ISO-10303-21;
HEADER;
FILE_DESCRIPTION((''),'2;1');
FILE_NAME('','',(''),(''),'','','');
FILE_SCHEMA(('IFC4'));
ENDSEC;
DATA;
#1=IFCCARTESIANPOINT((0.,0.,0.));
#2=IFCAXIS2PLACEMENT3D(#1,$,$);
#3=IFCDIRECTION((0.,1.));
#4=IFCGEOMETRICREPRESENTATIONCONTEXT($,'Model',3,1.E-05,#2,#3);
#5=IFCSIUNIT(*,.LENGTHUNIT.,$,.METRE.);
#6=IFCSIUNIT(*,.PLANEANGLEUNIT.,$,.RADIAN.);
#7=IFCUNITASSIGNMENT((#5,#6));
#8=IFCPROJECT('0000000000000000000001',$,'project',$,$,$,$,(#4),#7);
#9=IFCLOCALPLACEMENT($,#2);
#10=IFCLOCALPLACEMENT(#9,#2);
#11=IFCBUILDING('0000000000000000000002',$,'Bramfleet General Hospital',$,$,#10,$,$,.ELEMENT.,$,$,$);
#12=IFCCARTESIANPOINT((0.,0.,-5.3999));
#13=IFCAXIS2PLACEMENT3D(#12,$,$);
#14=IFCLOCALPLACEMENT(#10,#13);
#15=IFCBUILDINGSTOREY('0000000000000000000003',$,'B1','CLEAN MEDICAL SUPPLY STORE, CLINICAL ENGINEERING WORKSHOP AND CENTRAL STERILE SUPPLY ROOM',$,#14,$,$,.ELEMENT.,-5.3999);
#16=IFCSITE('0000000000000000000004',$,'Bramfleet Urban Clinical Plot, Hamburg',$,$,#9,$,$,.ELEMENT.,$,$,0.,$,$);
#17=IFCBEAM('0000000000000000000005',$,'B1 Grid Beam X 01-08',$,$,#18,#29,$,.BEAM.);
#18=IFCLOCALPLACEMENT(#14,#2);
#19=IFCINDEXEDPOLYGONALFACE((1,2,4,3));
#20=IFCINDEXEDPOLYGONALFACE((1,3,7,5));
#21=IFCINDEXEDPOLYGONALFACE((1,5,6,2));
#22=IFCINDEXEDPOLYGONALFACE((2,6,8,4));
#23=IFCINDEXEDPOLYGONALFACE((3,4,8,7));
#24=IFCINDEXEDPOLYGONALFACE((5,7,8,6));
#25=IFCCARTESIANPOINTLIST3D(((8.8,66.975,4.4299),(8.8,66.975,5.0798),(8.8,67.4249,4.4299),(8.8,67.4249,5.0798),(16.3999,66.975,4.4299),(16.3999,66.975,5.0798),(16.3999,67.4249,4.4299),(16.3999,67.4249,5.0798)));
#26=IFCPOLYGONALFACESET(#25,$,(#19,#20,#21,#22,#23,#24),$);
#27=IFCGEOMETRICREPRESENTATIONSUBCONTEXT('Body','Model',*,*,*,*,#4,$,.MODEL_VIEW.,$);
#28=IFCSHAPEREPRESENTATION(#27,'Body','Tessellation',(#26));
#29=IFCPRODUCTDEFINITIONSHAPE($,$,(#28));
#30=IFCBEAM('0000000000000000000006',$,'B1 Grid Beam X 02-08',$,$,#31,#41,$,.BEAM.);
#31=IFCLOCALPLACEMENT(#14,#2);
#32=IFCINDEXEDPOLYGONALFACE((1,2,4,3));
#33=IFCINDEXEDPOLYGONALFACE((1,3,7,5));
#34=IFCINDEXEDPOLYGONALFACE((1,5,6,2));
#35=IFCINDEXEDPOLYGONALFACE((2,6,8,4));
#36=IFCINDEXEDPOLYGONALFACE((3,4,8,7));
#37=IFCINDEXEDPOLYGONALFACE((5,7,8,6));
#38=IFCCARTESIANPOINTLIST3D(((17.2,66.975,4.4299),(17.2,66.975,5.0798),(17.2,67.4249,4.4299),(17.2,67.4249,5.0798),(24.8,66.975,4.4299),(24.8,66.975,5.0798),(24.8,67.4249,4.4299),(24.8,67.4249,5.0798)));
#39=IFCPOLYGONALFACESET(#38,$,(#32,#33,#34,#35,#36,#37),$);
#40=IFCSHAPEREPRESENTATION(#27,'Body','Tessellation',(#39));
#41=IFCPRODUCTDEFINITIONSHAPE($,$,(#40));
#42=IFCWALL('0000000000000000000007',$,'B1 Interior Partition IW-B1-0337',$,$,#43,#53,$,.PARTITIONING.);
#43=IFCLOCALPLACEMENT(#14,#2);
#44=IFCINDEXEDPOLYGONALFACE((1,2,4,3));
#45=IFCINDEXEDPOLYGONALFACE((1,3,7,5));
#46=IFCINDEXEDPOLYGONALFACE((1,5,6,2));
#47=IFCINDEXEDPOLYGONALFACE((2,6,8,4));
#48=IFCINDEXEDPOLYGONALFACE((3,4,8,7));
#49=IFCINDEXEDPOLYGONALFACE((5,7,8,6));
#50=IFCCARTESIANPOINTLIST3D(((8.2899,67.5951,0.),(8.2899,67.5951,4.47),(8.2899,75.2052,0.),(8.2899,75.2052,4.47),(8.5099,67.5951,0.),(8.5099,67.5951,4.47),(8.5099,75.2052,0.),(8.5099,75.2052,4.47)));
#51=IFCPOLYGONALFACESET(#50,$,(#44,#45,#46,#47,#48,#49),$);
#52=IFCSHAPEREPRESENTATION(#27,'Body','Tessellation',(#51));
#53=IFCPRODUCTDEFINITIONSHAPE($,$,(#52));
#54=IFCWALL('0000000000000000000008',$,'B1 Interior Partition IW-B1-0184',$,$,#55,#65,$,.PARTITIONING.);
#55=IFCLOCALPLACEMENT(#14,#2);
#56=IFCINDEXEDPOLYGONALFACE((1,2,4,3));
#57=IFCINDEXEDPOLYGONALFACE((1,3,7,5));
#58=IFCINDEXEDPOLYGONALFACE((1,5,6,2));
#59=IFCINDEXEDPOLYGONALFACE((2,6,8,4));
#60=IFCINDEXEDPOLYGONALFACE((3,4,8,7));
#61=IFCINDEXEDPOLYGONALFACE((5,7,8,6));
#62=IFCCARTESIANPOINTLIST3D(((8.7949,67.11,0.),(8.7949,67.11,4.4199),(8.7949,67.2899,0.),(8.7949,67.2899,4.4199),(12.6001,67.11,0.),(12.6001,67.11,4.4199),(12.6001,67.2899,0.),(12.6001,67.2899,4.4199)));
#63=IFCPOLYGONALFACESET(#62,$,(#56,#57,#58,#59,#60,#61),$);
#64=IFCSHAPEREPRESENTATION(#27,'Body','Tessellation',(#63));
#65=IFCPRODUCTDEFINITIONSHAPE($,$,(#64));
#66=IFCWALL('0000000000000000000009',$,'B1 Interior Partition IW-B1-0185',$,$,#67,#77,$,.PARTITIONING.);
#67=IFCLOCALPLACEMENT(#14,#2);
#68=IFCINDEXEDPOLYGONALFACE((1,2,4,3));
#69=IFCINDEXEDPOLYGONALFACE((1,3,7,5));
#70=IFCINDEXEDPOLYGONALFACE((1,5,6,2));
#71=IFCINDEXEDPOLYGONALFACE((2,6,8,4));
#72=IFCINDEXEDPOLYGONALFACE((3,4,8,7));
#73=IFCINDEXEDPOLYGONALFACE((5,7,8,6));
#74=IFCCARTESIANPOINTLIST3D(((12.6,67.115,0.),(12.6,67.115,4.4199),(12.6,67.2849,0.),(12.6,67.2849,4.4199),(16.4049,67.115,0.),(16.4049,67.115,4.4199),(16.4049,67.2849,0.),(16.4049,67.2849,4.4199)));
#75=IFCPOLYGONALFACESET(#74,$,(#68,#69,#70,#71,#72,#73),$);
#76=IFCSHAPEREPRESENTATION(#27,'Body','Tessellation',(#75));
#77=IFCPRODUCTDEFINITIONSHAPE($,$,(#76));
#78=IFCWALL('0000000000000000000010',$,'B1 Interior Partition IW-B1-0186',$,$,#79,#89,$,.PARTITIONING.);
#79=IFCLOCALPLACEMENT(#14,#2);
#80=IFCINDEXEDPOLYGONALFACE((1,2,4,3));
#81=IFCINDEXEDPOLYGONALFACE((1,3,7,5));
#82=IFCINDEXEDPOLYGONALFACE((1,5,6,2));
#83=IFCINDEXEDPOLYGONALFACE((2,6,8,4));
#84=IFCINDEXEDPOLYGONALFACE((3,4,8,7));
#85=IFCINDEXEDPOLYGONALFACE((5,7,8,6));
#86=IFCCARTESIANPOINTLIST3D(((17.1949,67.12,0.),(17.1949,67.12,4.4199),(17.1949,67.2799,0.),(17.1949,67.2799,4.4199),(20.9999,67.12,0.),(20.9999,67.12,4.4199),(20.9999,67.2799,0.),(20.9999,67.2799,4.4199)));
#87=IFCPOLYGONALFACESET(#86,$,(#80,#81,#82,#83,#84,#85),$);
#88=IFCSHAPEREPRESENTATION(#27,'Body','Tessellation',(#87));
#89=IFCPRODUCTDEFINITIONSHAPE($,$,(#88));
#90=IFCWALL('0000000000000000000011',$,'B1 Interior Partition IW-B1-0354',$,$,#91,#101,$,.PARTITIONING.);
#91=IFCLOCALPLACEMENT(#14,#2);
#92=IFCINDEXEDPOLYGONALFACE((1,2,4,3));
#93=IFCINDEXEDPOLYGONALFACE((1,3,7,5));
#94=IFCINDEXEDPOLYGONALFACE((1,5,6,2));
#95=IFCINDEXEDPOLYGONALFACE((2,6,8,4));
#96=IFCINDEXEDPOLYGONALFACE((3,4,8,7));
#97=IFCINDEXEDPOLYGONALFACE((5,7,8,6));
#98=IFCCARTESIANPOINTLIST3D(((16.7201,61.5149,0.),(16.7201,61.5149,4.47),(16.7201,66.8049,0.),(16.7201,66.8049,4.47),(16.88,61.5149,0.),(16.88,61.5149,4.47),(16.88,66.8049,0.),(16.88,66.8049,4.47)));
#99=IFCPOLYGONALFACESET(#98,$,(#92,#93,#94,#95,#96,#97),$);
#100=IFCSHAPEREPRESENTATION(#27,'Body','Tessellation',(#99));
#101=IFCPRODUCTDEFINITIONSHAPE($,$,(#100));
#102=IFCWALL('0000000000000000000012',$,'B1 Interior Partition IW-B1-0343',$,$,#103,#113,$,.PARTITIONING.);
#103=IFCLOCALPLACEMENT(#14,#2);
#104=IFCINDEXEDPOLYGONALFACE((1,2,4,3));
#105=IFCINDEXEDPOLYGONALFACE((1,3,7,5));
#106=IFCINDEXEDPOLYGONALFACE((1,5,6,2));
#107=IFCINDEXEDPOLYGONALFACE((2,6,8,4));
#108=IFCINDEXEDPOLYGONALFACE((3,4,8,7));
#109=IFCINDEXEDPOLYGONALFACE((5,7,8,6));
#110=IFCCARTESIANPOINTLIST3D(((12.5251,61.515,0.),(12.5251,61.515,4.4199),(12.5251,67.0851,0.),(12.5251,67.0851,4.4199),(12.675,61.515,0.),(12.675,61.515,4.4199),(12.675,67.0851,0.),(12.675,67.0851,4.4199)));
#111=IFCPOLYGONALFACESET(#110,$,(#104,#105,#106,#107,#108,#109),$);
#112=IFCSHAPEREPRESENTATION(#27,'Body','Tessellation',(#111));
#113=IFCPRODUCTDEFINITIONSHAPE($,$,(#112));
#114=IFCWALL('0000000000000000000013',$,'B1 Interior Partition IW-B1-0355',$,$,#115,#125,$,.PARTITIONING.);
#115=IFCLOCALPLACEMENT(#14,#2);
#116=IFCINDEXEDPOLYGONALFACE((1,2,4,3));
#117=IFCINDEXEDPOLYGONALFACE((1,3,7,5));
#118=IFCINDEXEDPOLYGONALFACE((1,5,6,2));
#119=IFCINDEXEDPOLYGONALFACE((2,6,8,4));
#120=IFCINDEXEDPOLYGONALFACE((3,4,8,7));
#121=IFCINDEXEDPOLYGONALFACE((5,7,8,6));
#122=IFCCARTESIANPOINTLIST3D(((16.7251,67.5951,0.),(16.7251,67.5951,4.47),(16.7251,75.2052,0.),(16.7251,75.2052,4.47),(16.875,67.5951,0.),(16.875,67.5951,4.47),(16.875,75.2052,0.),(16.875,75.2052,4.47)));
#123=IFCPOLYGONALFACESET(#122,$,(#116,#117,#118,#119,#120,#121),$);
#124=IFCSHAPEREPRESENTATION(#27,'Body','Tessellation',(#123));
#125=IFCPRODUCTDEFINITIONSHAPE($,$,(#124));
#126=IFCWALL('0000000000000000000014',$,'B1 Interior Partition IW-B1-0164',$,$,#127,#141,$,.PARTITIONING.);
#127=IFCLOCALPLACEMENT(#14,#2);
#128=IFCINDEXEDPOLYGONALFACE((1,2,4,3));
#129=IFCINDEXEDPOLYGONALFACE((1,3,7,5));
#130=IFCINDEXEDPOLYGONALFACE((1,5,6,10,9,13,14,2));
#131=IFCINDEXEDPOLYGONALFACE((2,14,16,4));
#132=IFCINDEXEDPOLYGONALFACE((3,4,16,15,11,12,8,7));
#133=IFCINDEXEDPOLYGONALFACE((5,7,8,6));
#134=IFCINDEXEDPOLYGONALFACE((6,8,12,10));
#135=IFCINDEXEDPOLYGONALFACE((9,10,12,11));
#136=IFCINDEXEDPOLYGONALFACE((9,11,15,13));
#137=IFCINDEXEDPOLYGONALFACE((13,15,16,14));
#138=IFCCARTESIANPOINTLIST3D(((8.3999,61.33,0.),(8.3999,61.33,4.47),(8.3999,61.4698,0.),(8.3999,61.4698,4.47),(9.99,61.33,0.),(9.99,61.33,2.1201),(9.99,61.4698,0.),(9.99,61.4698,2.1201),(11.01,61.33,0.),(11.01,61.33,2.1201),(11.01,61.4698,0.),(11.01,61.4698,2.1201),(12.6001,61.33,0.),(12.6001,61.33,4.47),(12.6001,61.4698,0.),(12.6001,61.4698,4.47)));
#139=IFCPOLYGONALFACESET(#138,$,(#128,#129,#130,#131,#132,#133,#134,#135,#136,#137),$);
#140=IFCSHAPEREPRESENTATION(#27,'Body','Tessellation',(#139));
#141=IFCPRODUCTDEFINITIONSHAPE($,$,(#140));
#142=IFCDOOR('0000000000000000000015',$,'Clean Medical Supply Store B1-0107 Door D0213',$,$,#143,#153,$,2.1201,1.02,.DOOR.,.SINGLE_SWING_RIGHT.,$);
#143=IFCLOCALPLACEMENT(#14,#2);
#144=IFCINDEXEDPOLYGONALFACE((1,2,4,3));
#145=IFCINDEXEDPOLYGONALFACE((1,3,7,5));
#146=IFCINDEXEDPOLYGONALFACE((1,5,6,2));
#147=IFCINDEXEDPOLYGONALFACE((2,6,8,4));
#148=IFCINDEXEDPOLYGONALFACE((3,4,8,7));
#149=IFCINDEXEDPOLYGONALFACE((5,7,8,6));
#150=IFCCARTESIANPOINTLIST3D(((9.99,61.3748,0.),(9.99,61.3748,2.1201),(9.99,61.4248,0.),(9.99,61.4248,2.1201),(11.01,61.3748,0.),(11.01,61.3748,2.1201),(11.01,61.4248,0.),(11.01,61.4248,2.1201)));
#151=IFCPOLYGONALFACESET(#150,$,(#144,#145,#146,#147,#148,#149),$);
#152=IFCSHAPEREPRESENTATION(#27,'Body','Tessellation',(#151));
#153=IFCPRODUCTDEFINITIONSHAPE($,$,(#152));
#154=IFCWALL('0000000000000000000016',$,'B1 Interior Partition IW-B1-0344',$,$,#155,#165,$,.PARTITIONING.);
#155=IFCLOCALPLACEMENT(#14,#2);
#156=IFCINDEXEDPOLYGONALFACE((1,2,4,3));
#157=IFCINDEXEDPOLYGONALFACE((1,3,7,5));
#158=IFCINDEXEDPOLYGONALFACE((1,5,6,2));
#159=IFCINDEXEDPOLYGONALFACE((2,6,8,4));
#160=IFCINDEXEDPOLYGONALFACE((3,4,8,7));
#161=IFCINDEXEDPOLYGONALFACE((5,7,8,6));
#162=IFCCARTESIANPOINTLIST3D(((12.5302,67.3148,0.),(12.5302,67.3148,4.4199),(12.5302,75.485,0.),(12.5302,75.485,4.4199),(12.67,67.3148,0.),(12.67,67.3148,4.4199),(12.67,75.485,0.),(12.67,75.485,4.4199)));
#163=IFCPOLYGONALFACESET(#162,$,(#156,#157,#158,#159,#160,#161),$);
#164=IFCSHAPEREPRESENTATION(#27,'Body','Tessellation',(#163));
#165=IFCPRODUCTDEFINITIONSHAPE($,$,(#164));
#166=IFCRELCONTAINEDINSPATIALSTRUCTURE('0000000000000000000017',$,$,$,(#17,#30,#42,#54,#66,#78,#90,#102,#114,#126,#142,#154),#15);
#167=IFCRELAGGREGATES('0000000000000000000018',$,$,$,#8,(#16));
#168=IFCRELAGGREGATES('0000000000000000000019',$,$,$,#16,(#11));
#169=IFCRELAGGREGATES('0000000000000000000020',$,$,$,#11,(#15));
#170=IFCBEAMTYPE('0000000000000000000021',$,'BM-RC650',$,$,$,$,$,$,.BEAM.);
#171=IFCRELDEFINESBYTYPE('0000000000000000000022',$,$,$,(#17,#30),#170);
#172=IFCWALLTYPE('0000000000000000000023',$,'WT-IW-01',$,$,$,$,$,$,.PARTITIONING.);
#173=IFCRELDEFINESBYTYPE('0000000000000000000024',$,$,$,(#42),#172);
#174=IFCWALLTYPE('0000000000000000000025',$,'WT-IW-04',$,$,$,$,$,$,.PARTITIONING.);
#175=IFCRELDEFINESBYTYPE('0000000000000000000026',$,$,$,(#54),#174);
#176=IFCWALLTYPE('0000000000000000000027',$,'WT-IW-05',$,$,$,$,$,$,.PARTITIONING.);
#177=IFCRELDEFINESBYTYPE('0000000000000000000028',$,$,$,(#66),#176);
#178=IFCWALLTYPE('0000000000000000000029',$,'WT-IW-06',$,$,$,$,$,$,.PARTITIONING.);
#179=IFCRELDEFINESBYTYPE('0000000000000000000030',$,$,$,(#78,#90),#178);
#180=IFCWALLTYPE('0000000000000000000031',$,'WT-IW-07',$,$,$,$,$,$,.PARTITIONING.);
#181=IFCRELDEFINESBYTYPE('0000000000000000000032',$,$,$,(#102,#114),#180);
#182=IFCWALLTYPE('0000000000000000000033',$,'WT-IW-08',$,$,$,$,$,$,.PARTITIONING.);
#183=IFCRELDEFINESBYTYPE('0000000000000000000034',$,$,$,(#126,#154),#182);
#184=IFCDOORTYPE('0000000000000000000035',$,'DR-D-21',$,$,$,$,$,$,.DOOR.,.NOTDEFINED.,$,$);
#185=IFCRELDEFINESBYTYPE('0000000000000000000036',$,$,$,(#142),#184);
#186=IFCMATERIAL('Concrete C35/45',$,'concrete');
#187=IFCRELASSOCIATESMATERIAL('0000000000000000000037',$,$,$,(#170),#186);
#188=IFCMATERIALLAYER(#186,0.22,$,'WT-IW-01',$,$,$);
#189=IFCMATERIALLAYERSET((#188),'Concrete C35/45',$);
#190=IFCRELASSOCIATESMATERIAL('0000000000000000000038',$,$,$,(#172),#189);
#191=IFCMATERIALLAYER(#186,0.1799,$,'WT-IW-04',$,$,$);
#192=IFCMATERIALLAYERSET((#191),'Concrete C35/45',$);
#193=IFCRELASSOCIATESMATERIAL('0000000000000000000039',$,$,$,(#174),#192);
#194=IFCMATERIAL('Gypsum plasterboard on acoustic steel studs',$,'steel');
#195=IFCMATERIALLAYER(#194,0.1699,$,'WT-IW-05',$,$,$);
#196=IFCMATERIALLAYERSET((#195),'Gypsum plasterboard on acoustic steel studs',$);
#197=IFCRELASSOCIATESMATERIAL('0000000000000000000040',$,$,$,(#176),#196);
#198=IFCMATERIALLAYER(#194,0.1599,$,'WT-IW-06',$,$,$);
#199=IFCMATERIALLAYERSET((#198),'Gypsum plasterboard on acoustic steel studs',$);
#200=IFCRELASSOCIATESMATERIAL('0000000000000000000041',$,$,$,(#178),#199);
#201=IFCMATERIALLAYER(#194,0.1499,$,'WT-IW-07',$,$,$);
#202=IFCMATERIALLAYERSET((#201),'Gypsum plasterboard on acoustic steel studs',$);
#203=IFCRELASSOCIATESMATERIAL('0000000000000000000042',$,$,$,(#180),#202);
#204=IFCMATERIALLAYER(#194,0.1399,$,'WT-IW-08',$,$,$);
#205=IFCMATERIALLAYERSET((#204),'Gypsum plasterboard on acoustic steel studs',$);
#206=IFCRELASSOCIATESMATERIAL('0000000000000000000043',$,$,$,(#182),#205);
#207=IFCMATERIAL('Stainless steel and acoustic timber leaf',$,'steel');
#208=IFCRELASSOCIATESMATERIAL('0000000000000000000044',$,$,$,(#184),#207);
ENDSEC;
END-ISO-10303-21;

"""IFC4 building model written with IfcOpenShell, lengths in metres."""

from ifc_helpers import new_model, si_unit, direction, frame, frame_2d, origin, origin_2d, place, context, subcontext, project, spatial, rectangle, extrude, material, layer, layer_set, material_profile, profile_set, type_object, element, fill, save


model = new_model("IFC4")

# Units and contexts
model_context = context("Model", 3, precision=1e-05, world=origin(), true_north=direction((0.0, 1.0)))
body_context = subcontext(model_context, "Body", "Model", "MODEL_VIEW")
ifc_project = project(units=[si_unit("LENGTHUNIT", "METRE"), si_unit("PLANEANGLEUNIT", "RADIAN")], contexts=[model_context])

# Site, building, storey
site_placement = place(None, origin())
site = spatial("IfcSite", under=ifc_project, at=site_placement, Name="Bramfleet Urban Clinical Plot, Hamburg", CompositionType="ELEMENT", RefElevation=0.0)
building_placement = place(site_placement, origin())
building = spatial("IfcBuilding", under=site, at=building_placement, Name="Bramfleet General Hospital", CompositionType="ELEMENT")
storey_placement = place(building_placement, frame((0.0, 0.0, -5.3999)))
storey = spatial("IfcBuildingStorey", under=building, at=storey_placement, Name="B1", Description="CLEAN MEDICAL SUPPLY STORE, CLINICAL ENGINEERING WORKSHOP AND CENTRAL STERILE SUPPLY ROOM", CompositionType="ELEMENT", Elevation=-5.3999)

# Shared definitions
ifc_material_1 = material(Name="Concrete C35/45", Category="concrete")

# Beams
ifc_material_profile_1 = material_profile(ifc_material_1, rectangle(XDim=0.45, YDim=0.6499, at=origin_2d()), Name="RC BM 650x450")
ifc_profile_set_1 = profile_set([ifc_material_profile_1], Name="Concrete C35/45")
beam_type_1 = type_object("IfcBeamType", Name="BM-RC650", PredefinedType="BEAM", material=ifc_profile_set_1)
beam_1_placement = place(storey_placement, frame((8.8, 67.2, 4.7549), z_axis=(1.0, 0.0, 0.0), x_axis=(0.0, 1.0, 0.0)))
element("IfcBeam", 1, at=beam_1_placement, inside=storey, type_object=beam_type_1, Name="B1 Grid Beam X 01-08", PredefinedType="BEAM", context=body_context, shape_type="SweptSolid", body=[
    extrude(rectangle(XDim=0.45, YDim=0.6499, at=origin_2d()), origin(), (0.0, 0.0, 1.0), 7.5999),
])
beam_2_placement = place(storey_placement, frame((17.2, 67.2, 4.7549), z_axis=(1.0, 0.0, 0.0), x_axis=(0.0, 1.0, 0.0)))
element("IfcBeam", 2, at=beam_2_placement, inside=storey, type_object=beam_type_1, Name="B1 Grid Beam X 02-08", PredefinedType="BEAM", context=body_context, shape_type="SweptSolid", body=[
    extrude(rectangle(XDim=0.45, YDim=0.6499, at=origin_2d()), origin(), (0.0, 0.0, 1.0), 7.6001),
])

# Walls
ifc_layer_1 = layer(ifc_material_1, 0.22, Name="WT-IW-01")
ifc_layer_set_1 = layer_set([ifc_layer_1], Name="Concrete C35/45")
wall_type_1 = type_object("IfcWallType", Name="WT-IW-01", PredefinedType="PARTITIONING", material=ifc_layer_set_1)
wall_1_placement = place(storey_placement, frame((8.3999, 67.595, 0.0), z_axis=(0.0, 0.0, 1.0), x_axis=(0.0, 1.0, 0.0)))
element("IfcWall", 3, at=wall_1_placement, inside=storey, type_object=wall_type_1, Name="B1 Interior Partition IW-B1-0337", PredefinedType="PARTITIONING", context=body_context, shape_type="SweptSolid", body=[
    extrude(rectangle(XDim=7.6101, YDim=0.22, at=frame_2d((3.8052, 0.0))), origin(), (0.0, 0.0, 1.0), 4.47),
])
ifc_layer_2 = layer(ifc_material_1, 0.1799, Name="WT-IW-04")
ifc_layer_set_2 = layer_set([ifc_layer_2], Name="Concrete C35/45")
wall_type_2 = type_object("IfcWallType", Name="WT-IW-04", PredefinedType="PARTITIONING", material=ifc_layer_set_2)
wall_2_placement = place(storey_placement, frame((8.7949, 67.2, 0.0), z_axis=(0.0, 0.0, 1.0), x_axis=(1.0, 0.0, 0.0)))
element("IfcWall", 4, at=wall_2_placement, inside=storey, type_object=wall_type_2, Name="B1 Interior Partition IW-B1-0184", PredefinedType="PARTITIONING", context=body_context, shape_type="SweptSolid", body=[
    extrude(rectangle(XDim=3.8052, YDim=0.1799, at=frame_2d((1.9026, 0.0))), origin(), (0.0, 0.0, 1.0), 4.4199),
])
ifc_material_2 = material(Name="Gypsum plasterboard on acoustic steel studs", Category="steel")
ifc_layer_3 = layer(ifc_material_2, 0.1699, Name="WT-IW-05")
ifc_layer_set_3 = layer_set([ifc_layer_3], Name="Gypsum plasterboard on acoustic steel studs")
wall_type_3 = type_object("IfcWallType", Name="WT-IW-05", PredefinedType="PARTITIONING", material=ifc_layer_set_3)
wall_3_placement = place(storey_placement, frame((12.6001, 67.2, 0.0), z_axis=(0.0, 0.0, 1.0), x_axis=(1.0, 0.0, 0.0)))
element("IfcWall", 5, at=wall_3_placement, inside=storey, type_object=wall_type_3, Name="B1 Interior Partition IW-B1-0185", PredefinedType="PARTITIONING", context=body_context, shape_type="SweptSolid", body=[
    extrude(rectangle(XDim=3.8049, YDim=0.1699, at=frame_2d((1.9023, 0.0))), origin(), (0.0, 0.0, 1.0), 4.4199),
])
ifc_layer_4 = layer(ifc_material_2, 0.1599, Name="WT-IW-06")
ifc_layer_set_4 = layer_set([ifc_layer_4], Name="Gypsum plasterboard on acoustic steel studs")
wall_type_4 = type_object("IfcWallType", Name="WT-IW-06", PredefinedType="PARTITIONING", material=ifc_layer_set_4)
wall_4_placement = place(storey_placement, frame((17.1951, 67.2, 0.0), z_axis=(0.0, 0.0, 1.0), x_axis=(1.0, 0.0, 0.0)))
element("IfcWall", 6, at=wall_4_placement, inside=storey, type_object=wall_type_4, Name="B1 Interior Partition IW-B1-0186", PredefinedType="PARTITIONING", context=body_context, shape_type="SweptSolid", body=[
    extrude(rectangle(XDim=3.8049, YDim=0.1599, at=frame_2d((1.9023, 0.0))), origin(), (0.0, 0.0, 1.0), 4.4199),
])
wall_5_placement = place(storey_placement, frame((16.8, 61.5149, 0.0), z_axis=(0.0, 0.0, 1.0), x_axis=(0.0, 1.0, 0.0)))
element("IfcWall", 7, at=wall_5_placement, inside=storey, type_object=wall_type_4, Name="B1 Interior Partition IW-B1-0354", PredefinedType="PARTITIONING", context=body_context, shape_type="SweptSolid", body=[
    extrude(rectangle(XDim=5.29, YDim=0.1599, at=frame_2d((2.645, 0.0))), origin(), (0.0, 0.0, 1.0), 4.47),
])
ifc_layer_5 = layer(ifc_material_2, 0.1499, Name="WT-IW-07")
ifc_layer_set_5 = layer_set([ifc_layer_5], Name="Gypsum plasterboard on acoustic steel studs")
wall_type_5 = type_object("IfcWallType", Name="WT-IW-07", PredefinedType="PARTITIONING", material=ifc_layer_set_5)
wall_6_placement = place(storey_placement, frame((12.6001, 61.5149, 0.0), z_axis=(0.0, 0.0, 1.0), x_axis=(0.0, 1.0, 0.0)))
element("IfcWall", 8, at=wall_6_placement, inside=storey, type_object=wall_type_5, Name="B1 Interior Partition IW-B1-0343", PredefinedType="PARTITIONING", context=body_context, shape_type="SweptSolid", body=[
    extrude(rectangle(XDim=5.5701, YDim=0.1499, at=frame_2d((2.7852, 0.0))), origin(), (0.0, 0.0, 1.0), 4.4199),
])
wall_7_placement = place(storey_placement, frame((16.8, 67.595, 0.0), z_axis=(0.0, 0.0, 1.0), x_axis=(0.0, 1.0, 0.0)))
element("IfcWall", 9, at=wall_7_placement, inside=storey, type_object=wall_type_5, Name="B1 Interior Partition IW-B1-0355", PredefinedType="PARTITIONING", context=body_context, shape_type="SweptSolid", body=[
    extrude(rectangle(XDim=7.6101, YDim=0.1499, at=frame_2d((3.8052, 0.0))), origin(), (0.0, 0.0, 1.0), 4.47),
])

# Wall, opening, door
ifc_layer_6 = layer(ifc_material_2, 0.1399, Name="WT-IW-08")
ifc_layer_set_6 = layer_set([ifc_layer_6], Name="Gypsum plasterboard on acoustic steel studs")
wall_type_6 = type_object("IfcWallType", Name="WT-IW-08", PredefinedType="PARTITIONING", material=ifc_layer_set_6)
wall_8_placement = place(storey_placement, frame((8.3999, 61.3999, 0.0), z_axis=(0.0, 0.0, 1.0), x_axis=(1.0, 0.0, 0.0)))
wall_8 = element("IfcWall", 10, at=wall_8_placement, inside=storey, type_object=wall_type_6, Name="B1 Interior Partition IW-B1-0164", PredefinedType="PARTITIONING", context=body_context, shape_type="SweptSolid", body=[
    extrude(rectangle(XDim=4.2002, YDim=0.1399, at=frame_2d((2.1001, 0.0))), origin(), (0.0, 0.0, 1.0), 4.47),
])
opening_1_placement = place(wall_8_placement, frame((1.5901, 0.0, 0.0)))
opening_1 = element("IfcOpeningElement", 11, at=opening_1_placement, cuts=wall_8, PredefinedType="OPENING", context=body_context, shape_type="SweptSolid", body=[
    extrude(rectangle(XDim=1.02, YDim=2.1201, at=frame_2d((0.51, 1.0601))), frame((0.0, 0.0798, 0.0), z_axis=(0.0, -1.0, 0.0), x_axis=(1.0, 0.0, 0.0)), (0.0, 0.0, 1.0), 0.1599),
])
ifc_material_3 = material(Name="Stainless steel and acoustic timber leaf", Category="steel")
door_type_1 = type_object("IfcDoorType", Name="DR-D-21", OperationType="NOTDEFINED", PredefinedType="DOOR", material=ifc_material_3)
door_1_placement = place(opening_1_placement, origin())
door_1 = element("IfcDoor", 12, at=door_1_placement, inside=storey, type_object=door_type_1, Name="Clean Medical Supply Store B1-0107 Door D0213", OperationType="SINGLE_SWING_RIGHT", OverallHeight=2.1201, OverallWidth=1.02, PredefinedType="DOOR", context=body_context, shape_type="SweptSolid", body=[
    extrude(rectangle(XDim=1.02, YDim=2.1201, at=frame_2d((0.51, 1.0601))), frame((0.0, 0.0249, 0.0), z_axis=(0.0, -1.0, 0.0), x_axis=(1.0, 0.0, 0.0)), (0.0, 0.0, 1.0), 0.05),
])
fill(opening_1, door_1)

# Wall
wall_9_placement = place(storey_placement, frame((12.6001, 67.3149, 0.0), z_axis=(0.0, 0.0, 1.0), x_axis=(0.0, 1.0, 0.0)))
element("IfcWall", 13, at=wall_9_placement, inside=storey, type_object=wall_type_6, Name="B1 Interior Partition IW-B1-0344", PredefinedType="PARTITIONING", context=body_context, shape_type="SweptSolid", body=[
    extrude(rectangle(XDim=8.1702, YDim=0.1399, at=frame_2d((4.085, 0.0))), origin(), (0.0, 0.0, 1.0), 4.4199),
])

save(model, "model.ifc")
